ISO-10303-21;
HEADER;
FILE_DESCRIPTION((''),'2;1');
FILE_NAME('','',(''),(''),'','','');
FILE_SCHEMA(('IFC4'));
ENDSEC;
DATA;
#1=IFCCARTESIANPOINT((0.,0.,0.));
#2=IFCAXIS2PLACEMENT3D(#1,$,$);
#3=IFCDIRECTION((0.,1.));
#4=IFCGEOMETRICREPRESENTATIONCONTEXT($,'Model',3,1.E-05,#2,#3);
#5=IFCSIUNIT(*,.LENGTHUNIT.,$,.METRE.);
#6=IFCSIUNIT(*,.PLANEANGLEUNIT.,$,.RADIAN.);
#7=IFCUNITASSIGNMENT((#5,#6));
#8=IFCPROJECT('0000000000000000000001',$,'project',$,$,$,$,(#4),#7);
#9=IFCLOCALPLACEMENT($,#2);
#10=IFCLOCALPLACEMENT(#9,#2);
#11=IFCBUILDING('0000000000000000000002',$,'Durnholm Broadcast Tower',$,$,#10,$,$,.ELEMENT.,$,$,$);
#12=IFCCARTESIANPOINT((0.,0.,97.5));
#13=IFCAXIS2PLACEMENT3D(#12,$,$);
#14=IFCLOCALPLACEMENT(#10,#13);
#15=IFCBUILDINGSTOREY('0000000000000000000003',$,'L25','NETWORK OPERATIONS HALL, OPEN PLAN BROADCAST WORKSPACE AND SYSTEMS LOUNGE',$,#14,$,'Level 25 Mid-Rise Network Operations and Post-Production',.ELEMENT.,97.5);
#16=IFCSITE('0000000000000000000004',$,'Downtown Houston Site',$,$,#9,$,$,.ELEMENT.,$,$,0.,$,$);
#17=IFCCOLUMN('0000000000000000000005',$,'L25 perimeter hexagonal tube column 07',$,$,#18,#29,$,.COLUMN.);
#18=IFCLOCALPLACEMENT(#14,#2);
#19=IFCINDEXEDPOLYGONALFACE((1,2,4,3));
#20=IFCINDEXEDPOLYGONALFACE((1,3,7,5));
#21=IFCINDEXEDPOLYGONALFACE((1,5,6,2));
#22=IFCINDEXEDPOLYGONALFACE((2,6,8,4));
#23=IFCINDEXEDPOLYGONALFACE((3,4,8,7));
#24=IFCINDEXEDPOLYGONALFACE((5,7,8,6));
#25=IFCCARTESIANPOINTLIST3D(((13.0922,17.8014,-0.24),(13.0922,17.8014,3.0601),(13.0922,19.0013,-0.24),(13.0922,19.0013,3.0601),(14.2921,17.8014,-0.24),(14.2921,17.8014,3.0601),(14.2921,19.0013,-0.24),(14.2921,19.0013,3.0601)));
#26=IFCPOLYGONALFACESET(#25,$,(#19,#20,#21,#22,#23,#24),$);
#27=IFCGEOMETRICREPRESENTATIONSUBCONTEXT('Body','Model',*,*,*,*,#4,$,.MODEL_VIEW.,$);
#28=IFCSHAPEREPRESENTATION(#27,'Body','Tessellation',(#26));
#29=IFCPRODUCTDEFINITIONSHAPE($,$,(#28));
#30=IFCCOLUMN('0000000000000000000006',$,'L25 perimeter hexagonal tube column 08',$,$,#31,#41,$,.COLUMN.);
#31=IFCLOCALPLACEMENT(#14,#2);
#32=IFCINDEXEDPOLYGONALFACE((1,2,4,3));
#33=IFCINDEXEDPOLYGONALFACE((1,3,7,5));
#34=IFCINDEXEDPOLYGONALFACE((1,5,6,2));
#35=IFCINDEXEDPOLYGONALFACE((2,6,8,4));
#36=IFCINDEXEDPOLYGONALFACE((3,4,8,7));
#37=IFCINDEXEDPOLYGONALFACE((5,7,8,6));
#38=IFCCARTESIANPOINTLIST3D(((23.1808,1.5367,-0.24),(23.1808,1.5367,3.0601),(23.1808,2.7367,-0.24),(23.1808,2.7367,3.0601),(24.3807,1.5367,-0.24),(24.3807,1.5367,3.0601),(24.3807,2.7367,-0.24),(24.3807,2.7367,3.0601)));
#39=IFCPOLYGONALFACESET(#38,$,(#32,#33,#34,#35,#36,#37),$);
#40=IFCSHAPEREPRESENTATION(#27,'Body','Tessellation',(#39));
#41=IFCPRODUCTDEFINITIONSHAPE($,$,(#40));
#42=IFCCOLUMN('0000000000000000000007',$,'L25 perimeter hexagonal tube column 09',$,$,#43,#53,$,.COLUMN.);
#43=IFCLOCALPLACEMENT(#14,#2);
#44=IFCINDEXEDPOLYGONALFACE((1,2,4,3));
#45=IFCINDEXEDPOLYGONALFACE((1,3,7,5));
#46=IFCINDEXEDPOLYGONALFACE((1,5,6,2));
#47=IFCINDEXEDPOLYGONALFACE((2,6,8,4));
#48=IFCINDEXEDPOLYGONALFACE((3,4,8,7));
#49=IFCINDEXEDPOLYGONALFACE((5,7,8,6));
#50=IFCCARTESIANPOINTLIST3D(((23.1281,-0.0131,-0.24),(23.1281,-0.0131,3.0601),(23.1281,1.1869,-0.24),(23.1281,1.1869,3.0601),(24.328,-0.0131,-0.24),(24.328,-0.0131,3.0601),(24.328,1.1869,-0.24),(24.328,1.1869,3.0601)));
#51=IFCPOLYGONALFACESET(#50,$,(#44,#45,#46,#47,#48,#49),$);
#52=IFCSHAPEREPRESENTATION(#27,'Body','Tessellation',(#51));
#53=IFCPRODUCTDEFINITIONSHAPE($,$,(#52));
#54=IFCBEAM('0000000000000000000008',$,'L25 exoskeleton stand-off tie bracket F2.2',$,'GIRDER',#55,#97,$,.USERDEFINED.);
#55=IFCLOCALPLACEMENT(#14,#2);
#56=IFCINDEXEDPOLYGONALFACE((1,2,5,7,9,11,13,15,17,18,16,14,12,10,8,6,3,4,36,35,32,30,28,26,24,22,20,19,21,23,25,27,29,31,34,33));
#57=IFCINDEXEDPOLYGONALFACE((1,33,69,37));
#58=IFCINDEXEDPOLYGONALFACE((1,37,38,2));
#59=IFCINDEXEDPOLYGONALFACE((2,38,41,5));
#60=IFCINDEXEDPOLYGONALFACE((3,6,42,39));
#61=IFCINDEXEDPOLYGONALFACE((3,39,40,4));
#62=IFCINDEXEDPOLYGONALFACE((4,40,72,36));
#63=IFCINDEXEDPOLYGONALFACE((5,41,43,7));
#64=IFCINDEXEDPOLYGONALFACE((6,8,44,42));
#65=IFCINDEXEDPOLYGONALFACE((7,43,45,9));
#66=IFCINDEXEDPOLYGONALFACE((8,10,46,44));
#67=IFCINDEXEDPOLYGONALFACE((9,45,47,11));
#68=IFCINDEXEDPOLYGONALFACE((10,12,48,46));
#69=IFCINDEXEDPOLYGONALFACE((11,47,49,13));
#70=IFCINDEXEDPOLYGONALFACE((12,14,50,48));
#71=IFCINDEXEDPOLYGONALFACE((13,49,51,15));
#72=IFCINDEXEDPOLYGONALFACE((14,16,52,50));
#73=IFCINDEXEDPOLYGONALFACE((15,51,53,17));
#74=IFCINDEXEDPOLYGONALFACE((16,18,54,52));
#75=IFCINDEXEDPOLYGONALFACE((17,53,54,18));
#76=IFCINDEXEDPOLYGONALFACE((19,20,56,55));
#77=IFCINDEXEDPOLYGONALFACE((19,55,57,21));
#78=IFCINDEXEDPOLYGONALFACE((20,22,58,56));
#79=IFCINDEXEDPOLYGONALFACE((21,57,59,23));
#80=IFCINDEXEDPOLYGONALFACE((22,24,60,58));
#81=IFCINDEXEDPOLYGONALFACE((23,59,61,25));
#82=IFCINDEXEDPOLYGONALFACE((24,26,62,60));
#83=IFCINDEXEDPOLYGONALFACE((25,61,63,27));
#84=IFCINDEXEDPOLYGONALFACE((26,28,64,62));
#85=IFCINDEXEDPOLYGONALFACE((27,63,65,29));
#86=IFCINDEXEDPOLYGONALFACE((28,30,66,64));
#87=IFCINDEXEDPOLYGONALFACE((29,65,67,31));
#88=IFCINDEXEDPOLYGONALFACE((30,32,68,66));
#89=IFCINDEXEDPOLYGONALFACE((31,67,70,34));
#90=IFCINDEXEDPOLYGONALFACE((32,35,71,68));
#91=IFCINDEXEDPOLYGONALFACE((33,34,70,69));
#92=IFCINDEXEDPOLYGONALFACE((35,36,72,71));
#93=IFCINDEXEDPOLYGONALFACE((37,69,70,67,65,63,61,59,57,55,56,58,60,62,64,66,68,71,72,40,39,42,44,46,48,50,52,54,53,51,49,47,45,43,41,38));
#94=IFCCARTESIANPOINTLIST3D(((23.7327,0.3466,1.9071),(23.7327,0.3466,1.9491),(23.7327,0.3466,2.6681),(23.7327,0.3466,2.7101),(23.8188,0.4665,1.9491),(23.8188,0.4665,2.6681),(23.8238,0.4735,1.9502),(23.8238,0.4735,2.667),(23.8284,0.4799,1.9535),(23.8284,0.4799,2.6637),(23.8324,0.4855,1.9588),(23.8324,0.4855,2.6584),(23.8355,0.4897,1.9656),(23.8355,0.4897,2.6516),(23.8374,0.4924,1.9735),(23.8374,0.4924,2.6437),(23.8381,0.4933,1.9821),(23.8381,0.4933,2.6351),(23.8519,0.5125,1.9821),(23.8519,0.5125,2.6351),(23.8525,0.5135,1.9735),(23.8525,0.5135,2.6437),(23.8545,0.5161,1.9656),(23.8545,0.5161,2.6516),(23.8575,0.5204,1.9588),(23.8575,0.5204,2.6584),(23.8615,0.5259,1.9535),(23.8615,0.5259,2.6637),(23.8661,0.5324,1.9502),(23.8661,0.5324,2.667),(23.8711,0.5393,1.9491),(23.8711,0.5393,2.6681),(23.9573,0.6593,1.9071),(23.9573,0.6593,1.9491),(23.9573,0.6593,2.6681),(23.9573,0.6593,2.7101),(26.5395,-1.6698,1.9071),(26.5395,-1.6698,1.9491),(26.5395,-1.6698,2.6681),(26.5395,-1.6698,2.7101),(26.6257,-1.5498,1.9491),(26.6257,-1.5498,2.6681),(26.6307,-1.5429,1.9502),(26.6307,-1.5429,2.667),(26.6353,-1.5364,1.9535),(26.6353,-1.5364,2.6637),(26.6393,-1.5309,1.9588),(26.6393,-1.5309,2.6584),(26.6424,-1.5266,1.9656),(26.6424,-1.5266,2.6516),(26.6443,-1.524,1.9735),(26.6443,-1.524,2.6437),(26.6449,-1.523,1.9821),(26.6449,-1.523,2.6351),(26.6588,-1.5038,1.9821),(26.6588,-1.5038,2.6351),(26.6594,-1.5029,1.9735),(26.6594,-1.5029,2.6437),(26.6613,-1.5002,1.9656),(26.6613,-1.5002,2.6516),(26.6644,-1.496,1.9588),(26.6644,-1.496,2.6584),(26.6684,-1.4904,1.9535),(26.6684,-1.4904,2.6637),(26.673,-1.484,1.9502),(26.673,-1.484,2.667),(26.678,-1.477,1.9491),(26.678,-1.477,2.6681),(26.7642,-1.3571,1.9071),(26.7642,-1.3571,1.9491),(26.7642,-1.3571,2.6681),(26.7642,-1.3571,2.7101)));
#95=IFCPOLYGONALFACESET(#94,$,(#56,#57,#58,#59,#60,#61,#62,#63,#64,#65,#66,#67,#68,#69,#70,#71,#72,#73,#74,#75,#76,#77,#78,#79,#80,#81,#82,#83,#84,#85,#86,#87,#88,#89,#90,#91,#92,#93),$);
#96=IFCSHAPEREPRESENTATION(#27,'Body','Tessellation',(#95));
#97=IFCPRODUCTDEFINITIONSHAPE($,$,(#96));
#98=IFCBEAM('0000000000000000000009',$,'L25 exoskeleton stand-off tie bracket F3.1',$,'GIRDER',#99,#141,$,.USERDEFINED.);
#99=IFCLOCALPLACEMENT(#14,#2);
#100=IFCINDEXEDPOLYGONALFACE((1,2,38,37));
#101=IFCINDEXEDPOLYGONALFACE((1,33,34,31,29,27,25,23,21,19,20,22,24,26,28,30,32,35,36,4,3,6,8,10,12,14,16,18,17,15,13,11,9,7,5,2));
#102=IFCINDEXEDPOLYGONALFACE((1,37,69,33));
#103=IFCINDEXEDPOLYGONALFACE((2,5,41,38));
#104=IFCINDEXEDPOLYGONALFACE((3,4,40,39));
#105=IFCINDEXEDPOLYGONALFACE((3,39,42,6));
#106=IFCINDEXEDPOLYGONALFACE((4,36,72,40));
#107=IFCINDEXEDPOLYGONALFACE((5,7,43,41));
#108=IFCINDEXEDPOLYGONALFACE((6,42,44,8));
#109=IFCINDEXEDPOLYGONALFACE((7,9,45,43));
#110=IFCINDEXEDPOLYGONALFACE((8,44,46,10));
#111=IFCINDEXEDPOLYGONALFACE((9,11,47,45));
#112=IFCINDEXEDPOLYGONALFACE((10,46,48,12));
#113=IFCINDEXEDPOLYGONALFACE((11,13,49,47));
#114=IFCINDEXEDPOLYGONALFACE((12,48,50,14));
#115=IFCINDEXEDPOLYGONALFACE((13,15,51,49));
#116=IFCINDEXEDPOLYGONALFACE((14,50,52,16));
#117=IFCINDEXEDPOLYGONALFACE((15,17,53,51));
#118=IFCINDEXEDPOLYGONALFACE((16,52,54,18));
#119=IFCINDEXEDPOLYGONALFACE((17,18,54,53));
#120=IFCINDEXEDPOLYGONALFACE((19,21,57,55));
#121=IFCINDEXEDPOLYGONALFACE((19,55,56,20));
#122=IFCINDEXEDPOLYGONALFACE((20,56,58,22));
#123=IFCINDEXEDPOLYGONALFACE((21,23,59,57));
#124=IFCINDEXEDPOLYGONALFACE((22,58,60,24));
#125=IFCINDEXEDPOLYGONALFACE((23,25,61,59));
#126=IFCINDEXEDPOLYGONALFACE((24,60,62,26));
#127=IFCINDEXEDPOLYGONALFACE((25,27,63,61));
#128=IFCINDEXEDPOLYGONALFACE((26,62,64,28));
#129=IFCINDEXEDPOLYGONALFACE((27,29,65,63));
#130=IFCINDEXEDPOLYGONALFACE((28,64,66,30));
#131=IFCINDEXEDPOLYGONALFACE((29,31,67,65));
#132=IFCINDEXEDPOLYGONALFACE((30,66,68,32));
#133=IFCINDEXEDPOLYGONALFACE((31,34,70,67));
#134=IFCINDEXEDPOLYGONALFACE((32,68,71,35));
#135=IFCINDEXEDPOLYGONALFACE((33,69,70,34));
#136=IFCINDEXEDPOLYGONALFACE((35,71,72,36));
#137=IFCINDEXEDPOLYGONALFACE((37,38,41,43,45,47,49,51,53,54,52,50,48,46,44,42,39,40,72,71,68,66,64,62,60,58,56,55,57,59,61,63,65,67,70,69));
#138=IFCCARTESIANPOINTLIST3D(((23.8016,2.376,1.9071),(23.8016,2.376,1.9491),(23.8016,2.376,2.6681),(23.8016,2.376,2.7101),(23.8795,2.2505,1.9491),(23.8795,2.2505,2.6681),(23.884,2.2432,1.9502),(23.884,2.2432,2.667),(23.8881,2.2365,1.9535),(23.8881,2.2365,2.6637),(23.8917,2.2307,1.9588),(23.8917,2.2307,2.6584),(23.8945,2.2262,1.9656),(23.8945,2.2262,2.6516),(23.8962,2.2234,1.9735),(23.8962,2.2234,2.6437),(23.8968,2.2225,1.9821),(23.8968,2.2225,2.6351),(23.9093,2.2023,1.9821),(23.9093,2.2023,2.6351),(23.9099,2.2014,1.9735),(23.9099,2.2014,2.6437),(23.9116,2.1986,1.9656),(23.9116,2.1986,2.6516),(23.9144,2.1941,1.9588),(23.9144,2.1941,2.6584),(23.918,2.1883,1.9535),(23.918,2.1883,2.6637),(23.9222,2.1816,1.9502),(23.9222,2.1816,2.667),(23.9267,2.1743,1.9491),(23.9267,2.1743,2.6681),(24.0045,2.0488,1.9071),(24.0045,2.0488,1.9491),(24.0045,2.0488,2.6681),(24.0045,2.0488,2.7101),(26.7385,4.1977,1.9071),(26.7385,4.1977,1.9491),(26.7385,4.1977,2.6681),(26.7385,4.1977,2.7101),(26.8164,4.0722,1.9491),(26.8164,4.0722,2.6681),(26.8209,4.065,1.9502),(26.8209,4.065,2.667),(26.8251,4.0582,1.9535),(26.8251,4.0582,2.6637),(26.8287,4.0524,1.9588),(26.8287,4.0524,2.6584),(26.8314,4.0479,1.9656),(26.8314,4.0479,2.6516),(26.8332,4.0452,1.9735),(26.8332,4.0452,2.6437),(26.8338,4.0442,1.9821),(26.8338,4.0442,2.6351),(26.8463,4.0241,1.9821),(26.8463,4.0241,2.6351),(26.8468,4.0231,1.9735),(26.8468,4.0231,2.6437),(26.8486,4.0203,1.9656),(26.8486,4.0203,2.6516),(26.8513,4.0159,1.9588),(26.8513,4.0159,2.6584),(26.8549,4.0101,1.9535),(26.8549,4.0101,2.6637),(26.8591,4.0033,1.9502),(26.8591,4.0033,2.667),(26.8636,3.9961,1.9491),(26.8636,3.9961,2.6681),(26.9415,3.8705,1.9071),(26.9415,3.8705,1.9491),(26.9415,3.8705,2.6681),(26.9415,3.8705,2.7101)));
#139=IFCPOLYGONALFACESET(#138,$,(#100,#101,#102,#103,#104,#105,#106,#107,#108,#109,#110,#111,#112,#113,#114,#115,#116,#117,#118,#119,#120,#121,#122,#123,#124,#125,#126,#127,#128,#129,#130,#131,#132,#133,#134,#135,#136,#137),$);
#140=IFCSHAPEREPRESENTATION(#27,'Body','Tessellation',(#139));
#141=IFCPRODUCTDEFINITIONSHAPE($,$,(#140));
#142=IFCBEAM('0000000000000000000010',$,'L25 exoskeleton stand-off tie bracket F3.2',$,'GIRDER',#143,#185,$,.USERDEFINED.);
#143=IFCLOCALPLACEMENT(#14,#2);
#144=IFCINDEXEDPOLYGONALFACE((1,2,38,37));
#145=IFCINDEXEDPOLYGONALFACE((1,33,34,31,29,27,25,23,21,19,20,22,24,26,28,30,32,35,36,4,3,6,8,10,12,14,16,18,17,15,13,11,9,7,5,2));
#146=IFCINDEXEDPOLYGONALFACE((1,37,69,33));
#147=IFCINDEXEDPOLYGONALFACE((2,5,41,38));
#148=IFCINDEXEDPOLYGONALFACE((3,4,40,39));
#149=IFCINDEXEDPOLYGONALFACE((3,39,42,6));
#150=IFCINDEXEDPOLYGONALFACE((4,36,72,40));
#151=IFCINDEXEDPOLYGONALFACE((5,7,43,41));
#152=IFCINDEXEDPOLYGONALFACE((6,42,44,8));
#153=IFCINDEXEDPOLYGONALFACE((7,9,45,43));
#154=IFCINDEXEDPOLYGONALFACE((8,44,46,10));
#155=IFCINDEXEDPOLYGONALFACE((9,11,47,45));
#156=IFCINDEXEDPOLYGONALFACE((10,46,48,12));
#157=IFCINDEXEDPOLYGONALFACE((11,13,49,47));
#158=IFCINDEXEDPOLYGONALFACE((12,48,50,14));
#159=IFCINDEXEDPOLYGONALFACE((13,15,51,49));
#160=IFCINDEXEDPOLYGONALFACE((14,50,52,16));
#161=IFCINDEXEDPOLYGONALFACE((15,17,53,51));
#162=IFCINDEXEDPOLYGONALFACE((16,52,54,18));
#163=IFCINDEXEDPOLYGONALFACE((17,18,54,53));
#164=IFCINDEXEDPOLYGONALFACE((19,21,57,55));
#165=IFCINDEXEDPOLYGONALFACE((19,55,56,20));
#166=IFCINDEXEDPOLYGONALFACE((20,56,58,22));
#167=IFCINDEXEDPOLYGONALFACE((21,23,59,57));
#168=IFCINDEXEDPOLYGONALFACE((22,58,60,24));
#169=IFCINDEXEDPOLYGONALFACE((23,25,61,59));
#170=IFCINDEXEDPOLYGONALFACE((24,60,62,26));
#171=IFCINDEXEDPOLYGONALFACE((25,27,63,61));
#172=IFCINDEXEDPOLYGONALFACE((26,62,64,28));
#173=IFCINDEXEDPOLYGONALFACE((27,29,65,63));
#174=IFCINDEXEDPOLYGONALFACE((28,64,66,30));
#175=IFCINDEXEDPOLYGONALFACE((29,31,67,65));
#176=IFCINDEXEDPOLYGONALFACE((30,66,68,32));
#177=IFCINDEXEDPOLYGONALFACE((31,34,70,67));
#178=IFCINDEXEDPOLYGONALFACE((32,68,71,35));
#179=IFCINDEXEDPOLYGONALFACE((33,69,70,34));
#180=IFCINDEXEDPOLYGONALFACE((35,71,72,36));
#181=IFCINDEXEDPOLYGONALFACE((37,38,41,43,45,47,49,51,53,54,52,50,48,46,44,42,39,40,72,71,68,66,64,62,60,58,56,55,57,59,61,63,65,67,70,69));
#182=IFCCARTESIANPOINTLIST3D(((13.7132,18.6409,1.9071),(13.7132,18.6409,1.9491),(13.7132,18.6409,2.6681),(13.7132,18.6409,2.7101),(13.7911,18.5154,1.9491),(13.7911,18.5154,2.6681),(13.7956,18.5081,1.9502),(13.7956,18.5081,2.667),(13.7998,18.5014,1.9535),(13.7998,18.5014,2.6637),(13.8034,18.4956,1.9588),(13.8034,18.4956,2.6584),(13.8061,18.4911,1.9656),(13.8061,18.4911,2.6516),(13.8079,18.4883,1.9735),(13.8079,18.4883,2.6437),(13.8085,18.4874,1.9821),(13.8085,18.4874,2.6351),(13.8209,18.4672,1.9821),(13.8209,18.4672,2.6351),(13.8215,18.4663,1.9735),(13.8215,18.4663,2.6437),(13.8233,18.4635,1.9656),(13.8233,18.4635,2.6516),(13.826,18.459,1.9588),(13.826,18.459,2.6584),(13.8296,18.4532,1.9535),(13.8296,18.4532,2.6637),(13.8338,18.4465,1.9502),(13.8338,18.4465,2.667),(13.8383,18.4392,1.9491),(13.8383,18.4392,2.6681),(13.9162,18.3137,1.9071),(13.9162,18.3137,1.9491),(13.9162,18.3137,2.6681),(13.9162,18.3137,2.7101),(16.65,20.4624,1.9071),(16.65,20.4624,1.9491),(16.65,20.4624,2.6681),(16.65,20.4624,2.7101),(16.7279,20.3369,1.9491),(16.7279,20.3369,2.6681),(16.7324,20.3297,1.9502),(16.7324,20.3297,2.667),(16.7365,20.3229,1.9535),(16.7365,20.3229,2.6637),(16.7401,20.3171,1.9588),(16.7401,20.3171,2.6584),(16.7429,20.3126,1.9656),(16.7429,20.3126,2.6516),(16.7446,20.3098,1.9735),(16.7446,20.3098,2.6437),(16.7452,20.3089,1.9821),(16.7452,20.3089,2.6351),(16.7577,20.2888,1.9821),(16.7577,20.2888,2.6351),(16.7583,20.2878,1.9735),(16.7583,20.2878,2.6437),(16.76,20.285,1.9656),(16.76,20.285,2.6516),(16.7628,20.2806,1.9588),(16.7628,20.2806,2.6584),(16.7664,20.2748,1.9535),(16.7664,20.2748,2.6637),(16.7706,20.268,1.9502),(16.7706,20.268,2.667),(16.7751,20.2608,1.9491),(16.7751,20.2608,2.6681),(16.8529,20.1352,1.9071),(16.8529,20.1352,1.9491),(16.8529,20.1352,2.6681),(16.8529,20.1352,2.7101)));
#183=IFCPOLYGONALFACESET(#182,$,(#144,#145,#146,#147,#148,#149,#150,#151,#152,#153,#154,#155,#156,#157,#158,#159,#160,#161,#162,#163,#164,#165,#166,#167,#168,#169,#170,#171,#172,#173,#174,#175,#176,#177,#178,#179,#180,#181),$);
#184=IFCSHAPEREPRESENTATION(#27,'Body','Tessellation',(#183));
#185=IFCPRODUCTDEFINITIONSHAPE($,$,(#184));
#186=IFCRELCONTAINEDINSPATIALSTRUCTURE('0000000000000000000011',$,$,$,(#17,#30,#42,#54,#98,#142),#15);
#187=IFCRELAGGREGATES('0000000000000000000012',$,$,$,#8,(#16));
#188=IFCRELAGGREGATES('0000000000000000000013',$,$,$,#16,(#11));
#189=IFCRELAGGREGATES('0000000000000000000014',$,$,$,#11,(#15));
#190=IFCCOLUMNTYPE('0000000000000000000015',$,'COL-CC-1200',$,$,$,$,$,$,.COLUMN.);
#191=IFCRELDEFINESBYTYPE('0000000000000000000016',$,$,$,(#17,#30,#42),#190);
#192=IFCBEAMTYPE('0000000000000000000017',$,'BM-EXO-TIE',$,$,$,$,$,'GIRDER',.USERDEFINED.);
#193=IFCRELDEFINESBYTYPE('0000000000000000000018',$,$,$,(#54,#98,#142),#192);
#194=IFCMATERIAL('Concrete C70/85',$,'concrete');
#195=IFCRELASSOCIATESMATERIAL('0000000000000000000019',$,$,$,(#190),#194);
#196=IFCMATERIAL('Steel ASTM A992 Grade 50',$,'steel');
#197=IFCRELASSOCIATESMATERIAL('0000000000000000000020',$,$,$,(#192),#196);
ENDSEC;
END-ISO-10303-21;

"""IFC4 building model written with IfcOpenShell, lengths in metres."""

from ifc_helpers import new_model, si_unit, direction, frame, origin, origin_2d, place, context, subcontext, project, spatial, rectangle, i_section, extrude, source, transform, mapped, material, material_profile, profile_set, type_object, type_shapes, element, save


model = new_model("IFC4")

# Units and contexts
model_context = context("Model", 3, precision=1e-05, world=origin(), true_north=direction((0.0, 1.0)))
body_context = subcontext(model_context, "Body", "Model", "MODEL_VIEW")
ifc_project = project(units=[si_unit("LENGTHUNIT", "METRE"), si_unit("PLANEANGLEUNIT", "RADIAN")], contexts=[model_context])

# Site, building, storey
site_placement = place(None, origin())
site = spatial("IfcSite", under=ifc_project, at=site_placement, Name="Downtown Houston Site", CompositionType="ELEMENT", RefElevation=0.0)
building_placement = place(site_placement, origin())
building = spatial("IfcBuilding", under=site, at=building_placement, Name="Durnholm Broadcast Tower", CompositionType="ELEMENT")
storey_placement = place(building_placement, frame((0.0, 0.0, 97.5)))
storey = spatial("IfcBuildingStorey", under=building, at=storey_placement, Name="L25", Description="NETWORK OPERATIONS HALL, OPEN PLAN BROADCAST WORKSPACE AND SYSTEMS LOUNGE", LongName="Level 25 Mid-Rise Network Operations and Post-Production", CompositionType="ELEMENT", Elevation=97.5)

# Columns
ifc_material_1 = material(Name="Concrete C70/85", Category="concrete")
ifc_material_profile_1 = material_profile(ifc_material_1, rectangle(XDim=1.2, YDim=1.2, at=origin_2d()), Name="RC1200X1200")
ifc_profile_set_1 = profile_set([ifc_material_profile_1], Name="Concrete C70/85")
column_type = type_object("IfcColumnType", Name="COL-CC-1200", PredefinedType="COLUMN", material=ifc_profile_set_1)
shared_shape_1 = source(origin(), body_context, "Body", "SweptSolid", [
    extrude(rectangle(XDim=1.2, YDim=1.2, at=origin_2d()), origin(), (0.0, 0.0, 1.0), 3.3),
])
type_shapes(column_type, [shared_shape_1])
for number, where, z_axis, x_axis, name in (
    (1, (13.6921, 18.4014, -0.24), (0.0, 0.0, 1.0), (1.0, 0.0, 0.0), "L25 perimeter hexagonal tube column 07"),
    (2, (23.7808, 2.1367, -0.24), (0.0, 0.0, 1.0), (1.0, 0.0, 0.0), "L25 perimeter hexagonal tube column 08"),
    (3, (23.728, 0.5869, -0.24), (0.0, 0.0, 1.0), (1.0, 0.0, 0.0), "L25 perimeter hexagonal tube column 09"),
):
    element("IfcColumn", number, at=place(storey_placement, frame(where, z_axis=z_axis, x_axis=x_axis)), inside=storey, type_object=column_type, Name=name, PredefinedType="COLUMN", context=body_context, shape_type="MappedRepresentation", body=[
        mapped(shared_shape_1, transform((0.0, 0.0, 0.0), x_axis=(1.0, 0.0, 0.0), y_axis=(0.0, 1.0, 0.0), z_axis=(0.0, 0.0, 1.0), scale=1.0)),
    ])

# Beams
ifc_material_2 = material(Name="Steel ASTM A992 Grade 50", Category="steel")
ifc_material_profile_2 = material_profile(ifc_material_2, i_section(OverallWidth=0.385, OverallDepth=0.803, WebThickness=0.0237, FlangeThickness=0.042, FilletRadius=0.033, at=origin_2d()), Name="W30X261")
ifc_profile_set_2 = profile_set([ifc_material_profile_2], Name="Steel ASTM A992 Grade 50")
beam_type_1 = type_object("IfcBeamType", Name="BM-EXO-TIE", ElementType="GIRDER", PredefinedType="USERDEFINED", material=ifc_profile_set_2)
shared_shape_2 = source(origin(), body_context, "Body", "SweptSolid", [
    extrude(i_section(OverallWidth=0.385, OverallDepth=0.803, WebThickness=0.0237, FlangeThickness=0.042, FilletRadius=0.033, at=origin_2d()), origin(), (0.0, 0.0, 1.0), 3.4561),
])
for number, where, z_axis, x_axis, name in (
    (4, (23.845, 0.5029, 2.3086), (0.812165, -0.583428, 0.0), (0.583428, 0.812165, 0.0), "L25 exoskeleton stand-off tie bracket F2.2"),
    (5, (23.9031, 2.2124, 2.3086), (0.849795, 0.527113, 0.0), (-0.527113, 0.849795, 0.0), "L25 exoskeleton stand-off tie bracket F3.1"),
):
    element("IfcBeam", number, at=place(storey_placement, frame(where, z_axis=z_axis, x_axis=x_axis)), inside=storey, type_object=beam_type_1, Name=name, ObjectType="GIRDER", PredefinedType="USERDEFINED", context=body_context, shape_type="MappedRepresentation", body=[
        mapped(shared_shape_2, transform((0.0, 0.0, 0.0), x_axis=(1.0, 0.0, 0.0), y_axis=(0.0, 1.0, 0.0), z_axis=(0.0, 0.0, 1.0), scale=1.0)),
    ])
shared_shape_3 = source(origin(), body_context, "Body", "SweptSolid", [
    extrude(i_section(OverallWidth=0.385, OverallDepth=0.803, WebThickness=0.0237, FlangeThickness=0.042, FilletRadius=0.033, at=origin_2d()), origin(), (0.0, 0.0, 1.0), 3.4558),
])
beam_1_placement = place(storey_placement, frame((13.8147, 18.4773, 2.3086), z_axis=(0.849807, 0.527094, 0.0), x_axis=(-0.527094, 0.849807, 0.0)))
element("IfcBeam", 6, at=beam_1_placement, inside=storey, type_object=beam_type_1, Name="L25 exoskeleton stand-off tie bracket F3.2", ObjectType="GIRDER", PredefinedType="USERDEFINED", context=body_context, shape_type="MappedRepresentation", body=[
    mapped(shared_shape_3, transform((0.0, 0.0, 0.0), x_axis=(1.0, 0.0, 0.0), y_axis=(0.0, 1.0, 0.0), z_axis=(0.0, 0.0, 1.0), scale=1.0)),
])

save(model, "model.ifc")
